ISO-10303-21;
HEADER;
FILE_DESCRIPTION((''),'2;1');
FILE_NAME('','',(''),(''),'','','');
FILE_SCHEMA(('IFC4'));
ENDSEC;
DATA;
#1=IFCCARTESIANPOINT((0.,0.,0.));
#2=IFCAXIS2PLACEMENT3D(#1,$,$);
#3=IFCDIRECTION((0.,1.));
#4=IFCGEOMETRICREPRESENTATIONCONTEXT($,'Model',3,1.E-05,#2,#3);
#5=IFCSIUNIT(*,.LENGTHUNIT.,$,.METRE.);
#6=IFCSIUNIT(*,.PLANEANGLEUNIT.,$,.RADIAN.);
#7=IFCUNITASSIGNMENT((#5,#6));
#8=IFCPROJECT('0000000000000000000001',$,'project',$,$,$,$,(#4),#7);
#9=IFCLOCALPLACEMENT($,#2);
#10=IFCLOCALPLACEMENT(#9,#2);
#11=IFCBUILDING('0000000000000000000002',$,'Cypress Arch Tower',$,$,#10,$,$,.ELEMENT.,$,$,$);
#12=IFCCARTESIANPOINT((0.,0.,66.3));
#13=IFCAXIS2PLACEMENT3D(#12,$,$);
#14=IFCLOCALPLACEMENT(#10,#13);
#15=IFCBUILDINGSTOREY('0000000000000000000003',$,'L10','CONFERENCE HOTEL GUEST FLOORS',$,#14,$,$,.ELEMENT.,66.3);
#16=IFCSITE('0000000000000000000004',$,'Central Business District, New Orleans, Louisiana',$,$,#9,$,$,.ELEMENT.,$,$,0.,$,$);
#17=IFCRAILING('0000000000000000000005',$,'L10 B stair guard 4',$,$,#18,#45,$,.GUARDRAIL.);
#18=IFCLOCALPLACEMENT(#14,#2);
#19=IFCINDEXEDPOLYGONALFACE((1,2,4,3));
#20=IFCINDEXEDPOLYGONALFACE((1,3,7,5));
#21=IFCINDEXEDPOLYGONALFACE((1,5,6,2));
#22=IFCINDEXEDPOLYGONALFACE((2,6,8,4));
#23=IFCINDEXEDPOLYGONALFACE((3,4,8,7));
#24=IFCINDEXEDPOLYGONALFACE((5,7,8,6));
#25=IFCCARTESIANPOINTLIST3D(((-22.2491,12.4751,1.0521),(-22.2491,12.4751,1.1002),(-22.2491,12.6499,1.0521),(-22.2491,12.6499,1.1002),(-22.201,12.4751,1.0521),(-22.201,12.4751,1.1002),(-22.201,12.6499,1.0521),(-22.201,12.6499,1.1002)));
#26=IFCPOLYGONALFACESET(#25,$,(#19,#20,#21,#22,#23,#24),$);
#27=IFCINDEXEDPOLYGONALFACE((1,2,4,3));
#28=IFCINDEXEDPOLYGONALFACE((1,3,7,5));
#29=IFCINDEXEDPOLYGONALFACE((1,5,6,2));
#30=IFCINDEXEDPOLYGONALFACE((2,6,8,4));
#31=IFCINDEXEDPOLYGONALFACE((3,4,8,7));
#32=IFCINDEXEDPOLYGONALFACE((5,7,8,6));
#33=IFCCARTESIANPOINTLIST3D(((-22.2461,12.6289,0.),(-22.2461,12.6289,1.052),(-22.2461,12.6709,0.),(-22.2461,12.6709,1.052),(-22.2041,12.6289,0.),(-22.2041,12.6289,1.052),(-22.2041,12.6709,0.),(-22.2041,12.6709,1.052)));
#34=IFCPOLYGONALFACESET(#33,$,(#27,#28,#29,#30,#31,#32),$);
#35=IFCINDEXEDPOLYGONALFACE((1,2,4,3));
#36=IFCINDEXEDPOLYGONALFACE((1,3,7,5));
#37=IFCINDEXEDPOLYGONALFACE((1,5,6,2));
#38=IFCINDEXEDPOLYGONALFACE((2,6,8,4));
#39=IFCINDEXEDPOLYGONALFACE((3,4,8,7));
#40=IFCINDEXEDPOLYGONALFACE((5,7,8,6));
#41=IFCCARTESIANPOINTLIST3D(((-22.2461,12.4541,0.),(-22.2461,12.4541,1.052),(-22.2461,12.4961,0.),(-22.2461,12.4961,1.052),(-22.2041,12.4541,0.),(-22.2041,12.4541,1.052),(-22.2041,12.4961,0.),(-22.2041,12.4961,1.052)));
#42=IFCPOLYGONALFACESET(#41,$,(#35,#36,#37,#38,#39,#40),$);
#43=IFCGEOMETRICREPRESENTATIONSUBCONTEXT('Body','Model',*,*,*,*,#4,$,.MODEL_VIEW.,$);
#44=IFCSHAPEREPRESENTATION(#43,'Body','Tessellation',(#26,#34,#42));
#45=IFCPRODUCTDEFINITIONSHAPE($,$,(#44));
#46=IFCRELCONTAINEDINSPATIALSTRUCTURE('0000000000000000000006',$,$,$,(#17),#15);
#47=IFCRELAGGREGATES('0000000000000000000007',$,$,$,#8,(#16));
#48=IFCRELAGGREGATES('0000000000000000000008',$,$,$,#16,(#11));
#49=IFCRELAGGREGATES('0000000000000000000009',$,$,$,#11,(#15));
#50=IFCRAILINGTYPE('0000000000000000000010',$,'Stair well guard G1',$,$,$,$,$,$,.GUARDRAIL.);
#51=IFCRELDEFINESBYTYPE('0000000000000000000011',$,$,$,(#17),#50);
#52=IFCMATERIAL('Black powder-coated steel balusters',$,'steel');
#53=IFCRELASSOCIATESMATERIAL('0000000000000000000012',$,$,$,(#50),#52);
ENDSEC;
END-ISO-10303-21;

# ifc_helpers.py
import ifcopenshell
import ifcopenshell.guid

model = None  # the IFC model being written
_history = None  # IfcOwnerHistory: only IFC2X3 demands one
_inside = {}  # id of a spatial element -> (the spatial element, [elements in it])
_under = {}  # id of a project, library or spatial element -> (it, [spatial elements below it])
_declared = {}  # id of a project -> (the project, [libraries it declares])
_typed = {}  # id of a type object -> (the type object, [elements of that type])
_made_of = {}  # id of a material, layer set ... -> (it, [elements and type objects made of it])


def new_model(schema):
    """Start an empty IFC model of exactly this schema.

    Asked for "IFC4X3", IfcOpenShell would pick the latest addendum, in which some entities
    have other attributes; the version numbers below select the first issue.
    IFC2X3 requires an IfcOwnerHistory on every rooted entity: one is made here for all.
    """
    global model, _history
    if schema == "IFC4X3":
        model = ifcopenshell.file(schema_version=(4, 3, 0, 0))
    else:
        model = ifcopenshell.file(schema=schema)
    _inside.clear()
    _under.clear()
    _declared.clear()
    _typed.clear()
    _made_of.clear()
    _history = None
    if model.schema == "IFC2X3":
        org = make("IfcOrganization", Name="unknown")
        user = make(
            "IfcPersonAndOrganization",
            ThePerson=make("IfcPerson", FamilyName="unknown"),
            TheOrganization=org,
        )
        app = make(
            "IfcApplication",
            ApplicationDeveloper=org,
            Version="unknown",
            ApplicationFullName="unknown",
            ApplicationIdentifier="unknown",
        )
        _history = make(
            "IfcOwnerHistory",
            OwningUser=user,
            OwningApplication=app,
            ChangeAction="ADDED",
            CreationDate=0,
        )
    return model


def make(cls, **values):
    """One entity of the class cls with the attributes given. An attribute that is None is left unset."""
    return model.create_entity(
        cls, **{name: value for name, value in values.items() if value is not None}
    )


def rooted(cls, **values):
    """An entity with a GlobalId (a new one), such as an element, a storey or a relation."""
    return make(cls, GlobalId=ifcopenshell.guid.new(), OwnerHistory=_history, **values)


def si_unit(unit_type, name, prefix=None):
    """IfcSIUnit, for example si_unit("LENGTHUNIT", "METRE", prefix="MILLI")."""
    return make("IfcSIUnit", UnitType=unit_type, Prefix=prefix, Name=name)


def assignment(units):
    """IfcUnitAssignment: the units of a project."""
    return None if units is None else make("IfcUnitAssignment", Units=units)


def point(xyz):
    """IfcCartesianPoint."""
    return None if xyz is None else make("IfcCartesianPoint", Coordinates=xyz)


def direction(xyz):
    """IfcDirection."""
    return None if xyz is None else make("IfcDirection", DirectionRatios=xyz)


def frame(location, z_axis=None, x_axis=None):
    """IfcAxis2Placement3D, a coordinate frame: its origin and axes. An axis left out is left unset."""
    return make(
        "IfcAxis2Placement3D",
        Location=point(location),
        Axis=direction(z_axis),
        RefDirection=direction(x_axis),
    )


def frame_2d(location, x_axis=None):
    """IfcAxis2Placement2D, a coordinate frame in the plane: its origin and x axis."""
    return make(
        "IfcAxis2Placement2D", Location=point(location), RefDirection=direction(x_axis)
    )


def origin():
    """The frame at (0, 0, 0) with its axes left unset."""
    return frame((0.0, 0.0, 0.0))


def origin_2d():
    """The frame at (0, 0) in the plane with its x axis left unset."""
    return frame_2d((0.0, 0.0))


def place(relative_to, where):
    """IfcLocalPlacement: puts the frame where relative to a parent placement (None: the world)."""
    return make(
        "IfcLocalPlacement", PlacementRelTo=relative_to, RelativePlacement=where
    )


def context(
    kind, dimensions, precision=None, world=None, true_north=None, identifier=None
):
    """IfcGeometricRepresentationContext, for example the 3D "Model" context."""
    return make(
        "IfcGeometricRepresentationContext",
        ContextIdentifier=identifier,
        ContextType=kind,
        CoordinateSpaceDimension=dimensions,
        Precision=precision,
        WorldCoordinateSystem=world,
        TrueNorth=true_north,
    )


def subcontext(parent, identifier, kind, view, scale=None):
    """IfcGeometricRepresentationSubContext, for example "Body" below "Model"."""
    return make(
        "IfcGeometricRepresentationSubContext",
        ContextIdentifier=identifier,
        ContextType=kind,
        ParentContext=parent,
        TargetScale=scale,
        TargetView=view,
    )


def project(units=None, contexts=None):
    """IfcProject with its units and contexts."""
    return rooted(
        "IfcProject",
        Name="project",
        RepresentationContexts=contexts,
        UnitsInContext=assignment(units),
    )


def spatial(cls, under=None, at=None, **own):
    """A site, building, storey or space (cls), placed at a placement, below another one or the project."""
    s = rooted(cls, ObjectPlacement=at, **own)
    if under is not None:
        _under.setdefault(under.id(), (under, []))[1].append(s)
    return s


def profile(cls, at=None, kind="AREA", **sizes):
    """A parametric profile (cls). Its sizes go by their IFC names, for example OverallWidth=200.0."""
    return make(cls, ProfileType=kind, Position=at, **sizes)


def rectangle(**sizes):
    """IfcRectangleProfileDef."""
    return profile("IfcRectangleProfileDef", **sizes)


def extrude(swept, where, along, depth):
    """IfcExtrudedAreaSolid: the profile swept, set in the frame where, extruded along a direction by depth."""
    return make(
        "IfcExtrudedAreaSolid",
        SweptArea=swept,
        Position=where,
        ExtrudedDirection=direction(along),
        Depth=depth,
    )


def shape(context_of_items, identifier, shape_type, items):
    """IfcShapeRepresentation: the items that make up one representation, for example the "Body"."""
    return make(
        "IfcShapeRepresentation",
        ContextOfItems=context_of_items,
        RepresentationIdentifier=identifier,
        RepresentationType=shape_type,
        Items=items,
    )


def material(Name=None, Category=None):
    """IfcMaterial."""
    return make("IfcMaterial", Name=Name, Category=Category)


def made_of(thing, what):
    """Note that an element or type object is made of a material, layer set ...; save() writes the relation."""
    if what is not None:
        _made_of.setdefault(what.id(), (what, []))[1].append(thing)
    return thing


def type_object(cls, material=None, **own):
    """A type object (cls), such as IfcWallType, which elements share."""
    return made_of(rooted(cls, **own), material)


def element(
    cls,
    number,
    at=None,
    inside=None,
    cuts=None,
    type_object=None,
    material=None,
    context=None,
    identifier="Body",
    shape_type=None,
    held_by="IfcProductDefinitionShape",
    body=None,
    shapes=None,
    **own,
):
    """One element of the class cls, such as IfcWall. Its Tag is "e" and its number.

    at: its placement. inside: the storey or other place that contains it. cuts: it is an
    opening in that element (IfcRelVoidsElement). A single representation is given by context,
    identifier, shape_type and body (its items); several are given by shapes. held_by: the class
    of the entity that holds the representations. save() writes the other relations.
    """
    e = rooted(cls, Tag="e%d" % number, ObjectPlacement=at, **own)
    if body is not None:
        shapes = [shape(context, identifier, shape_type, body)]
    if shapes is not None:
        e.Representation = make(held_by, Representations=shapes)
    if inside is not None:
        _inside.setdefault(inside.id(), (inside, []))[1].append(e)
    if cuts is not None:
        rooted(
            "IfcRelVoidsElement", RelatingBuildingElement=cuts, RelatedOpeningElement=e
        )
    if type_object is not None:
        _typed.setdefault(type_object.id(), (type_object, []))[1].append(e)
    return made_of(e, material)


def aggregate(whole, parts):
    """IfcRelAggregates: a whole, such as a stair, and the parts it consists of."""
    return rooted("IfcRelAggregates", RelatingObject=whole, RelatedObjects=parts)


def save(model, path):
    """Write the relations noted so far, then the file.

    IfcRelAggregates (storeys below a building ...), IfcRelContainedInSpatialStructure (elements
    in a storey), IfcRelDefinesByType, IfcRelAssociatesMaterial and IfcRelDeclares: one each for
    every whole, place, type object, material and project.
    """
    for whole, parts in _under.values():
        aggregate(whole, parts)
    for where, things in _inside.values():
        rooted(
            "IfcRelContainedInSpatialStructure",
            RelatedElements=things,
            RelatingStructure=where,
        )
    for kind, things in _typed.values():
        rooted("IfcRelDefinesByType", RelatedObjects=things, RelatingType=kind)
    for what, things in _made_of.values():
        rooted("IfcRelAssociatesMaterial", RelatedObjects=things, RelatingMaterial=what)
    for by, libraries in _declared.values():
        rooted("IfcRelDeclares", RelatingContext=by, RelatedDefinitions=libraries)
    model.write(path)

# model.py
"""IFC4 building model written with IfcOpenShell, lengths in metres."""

from ifc_helpers import new_model, si_unit, direction, frame, origin, origin_2d, place, context, subcontext, project, spatial, rectangle, extrude, material, type_object, element, save


model = new_model("IFC4")

# Units and contexts
model_context = context("Model", 3, precision=1e-05, world=origin(), true_north=direction((0.0, 1.0)))
body_context = subcontext(model_context, "Body", "Model", "MODEL_VIEW")
ifc_project = project(units=[si_unit("LENGTHUNIT", "METRE"), si_unit("PLANEANGLEUNIT", "RADIAN")], contexts=[model_context])

# Site, building, storey
site_placement = place(None, origin())
site = spatial("IfcSite", under=ifc_project, at=site_placement, Name="Central Business District, New Orleans, Louisiana", CompositionType="ELEMENT", RefElevation=0.0)
building_placement = place(site_placement, origin())
building = spatial("IfcBuilding", under=site, at=building_placement, Name="Cypress Arch Tower", CompositionType="ELEMENT")
storey_placement = place(building_placement, frame((0.0, 0.0, 66.3)))
storey = spatial("IfcBuildingStorey", under=building, at=storey_placement, Name="L10", Description="CONFERENCE HOTEL GUEST FLOORS", CompositionType="ELEMENT", Elevation=66.3)

# Railing
ifc_material_1 = material(Name="Black powder-coated steel balusters", Category="steel")
railing_type_1 = type_object("IfcRailingType", Name="Stair well guard G1", PredefinedType="GUARDRAIL", material=ifc_material_1)
railing_1_placement = place(storey_placement, frame((-22.2251, 12.6499, 0.0)))
element("IfcRailing", 1, at=railing_1_placement, inside=storey, type_object=railing_type_1, Name="L10 B stair guard 4", PredefinedType="GUARDRAIL", context=body_context, shape_type="SweptSolid", body=[
    extrude(rectangle(XDim=0.0481, YDim=0.0481, at=origin_2d()), frame((0.0, 0.0, 1.0762), z_axis=(0.0, -1.0, 0.0), x_axis=(1.0, 0.0, 0.0)), (0.0, 0.0, 1.0), 0.1748),
    extrude(rectangle(XDim=0.042, YDim=0.042, at=origin_2d()), origin(), (0.0, 0.0, 1.0), 1.052),
    extrude(rectangle(XDim=0.042, YDim=0.042, at=origin_2d()), frame((0.0, -0.1748, 0.0)), (0.0, 0.0, 1.0), 1.052),
])

save(model, "model.ifc")
